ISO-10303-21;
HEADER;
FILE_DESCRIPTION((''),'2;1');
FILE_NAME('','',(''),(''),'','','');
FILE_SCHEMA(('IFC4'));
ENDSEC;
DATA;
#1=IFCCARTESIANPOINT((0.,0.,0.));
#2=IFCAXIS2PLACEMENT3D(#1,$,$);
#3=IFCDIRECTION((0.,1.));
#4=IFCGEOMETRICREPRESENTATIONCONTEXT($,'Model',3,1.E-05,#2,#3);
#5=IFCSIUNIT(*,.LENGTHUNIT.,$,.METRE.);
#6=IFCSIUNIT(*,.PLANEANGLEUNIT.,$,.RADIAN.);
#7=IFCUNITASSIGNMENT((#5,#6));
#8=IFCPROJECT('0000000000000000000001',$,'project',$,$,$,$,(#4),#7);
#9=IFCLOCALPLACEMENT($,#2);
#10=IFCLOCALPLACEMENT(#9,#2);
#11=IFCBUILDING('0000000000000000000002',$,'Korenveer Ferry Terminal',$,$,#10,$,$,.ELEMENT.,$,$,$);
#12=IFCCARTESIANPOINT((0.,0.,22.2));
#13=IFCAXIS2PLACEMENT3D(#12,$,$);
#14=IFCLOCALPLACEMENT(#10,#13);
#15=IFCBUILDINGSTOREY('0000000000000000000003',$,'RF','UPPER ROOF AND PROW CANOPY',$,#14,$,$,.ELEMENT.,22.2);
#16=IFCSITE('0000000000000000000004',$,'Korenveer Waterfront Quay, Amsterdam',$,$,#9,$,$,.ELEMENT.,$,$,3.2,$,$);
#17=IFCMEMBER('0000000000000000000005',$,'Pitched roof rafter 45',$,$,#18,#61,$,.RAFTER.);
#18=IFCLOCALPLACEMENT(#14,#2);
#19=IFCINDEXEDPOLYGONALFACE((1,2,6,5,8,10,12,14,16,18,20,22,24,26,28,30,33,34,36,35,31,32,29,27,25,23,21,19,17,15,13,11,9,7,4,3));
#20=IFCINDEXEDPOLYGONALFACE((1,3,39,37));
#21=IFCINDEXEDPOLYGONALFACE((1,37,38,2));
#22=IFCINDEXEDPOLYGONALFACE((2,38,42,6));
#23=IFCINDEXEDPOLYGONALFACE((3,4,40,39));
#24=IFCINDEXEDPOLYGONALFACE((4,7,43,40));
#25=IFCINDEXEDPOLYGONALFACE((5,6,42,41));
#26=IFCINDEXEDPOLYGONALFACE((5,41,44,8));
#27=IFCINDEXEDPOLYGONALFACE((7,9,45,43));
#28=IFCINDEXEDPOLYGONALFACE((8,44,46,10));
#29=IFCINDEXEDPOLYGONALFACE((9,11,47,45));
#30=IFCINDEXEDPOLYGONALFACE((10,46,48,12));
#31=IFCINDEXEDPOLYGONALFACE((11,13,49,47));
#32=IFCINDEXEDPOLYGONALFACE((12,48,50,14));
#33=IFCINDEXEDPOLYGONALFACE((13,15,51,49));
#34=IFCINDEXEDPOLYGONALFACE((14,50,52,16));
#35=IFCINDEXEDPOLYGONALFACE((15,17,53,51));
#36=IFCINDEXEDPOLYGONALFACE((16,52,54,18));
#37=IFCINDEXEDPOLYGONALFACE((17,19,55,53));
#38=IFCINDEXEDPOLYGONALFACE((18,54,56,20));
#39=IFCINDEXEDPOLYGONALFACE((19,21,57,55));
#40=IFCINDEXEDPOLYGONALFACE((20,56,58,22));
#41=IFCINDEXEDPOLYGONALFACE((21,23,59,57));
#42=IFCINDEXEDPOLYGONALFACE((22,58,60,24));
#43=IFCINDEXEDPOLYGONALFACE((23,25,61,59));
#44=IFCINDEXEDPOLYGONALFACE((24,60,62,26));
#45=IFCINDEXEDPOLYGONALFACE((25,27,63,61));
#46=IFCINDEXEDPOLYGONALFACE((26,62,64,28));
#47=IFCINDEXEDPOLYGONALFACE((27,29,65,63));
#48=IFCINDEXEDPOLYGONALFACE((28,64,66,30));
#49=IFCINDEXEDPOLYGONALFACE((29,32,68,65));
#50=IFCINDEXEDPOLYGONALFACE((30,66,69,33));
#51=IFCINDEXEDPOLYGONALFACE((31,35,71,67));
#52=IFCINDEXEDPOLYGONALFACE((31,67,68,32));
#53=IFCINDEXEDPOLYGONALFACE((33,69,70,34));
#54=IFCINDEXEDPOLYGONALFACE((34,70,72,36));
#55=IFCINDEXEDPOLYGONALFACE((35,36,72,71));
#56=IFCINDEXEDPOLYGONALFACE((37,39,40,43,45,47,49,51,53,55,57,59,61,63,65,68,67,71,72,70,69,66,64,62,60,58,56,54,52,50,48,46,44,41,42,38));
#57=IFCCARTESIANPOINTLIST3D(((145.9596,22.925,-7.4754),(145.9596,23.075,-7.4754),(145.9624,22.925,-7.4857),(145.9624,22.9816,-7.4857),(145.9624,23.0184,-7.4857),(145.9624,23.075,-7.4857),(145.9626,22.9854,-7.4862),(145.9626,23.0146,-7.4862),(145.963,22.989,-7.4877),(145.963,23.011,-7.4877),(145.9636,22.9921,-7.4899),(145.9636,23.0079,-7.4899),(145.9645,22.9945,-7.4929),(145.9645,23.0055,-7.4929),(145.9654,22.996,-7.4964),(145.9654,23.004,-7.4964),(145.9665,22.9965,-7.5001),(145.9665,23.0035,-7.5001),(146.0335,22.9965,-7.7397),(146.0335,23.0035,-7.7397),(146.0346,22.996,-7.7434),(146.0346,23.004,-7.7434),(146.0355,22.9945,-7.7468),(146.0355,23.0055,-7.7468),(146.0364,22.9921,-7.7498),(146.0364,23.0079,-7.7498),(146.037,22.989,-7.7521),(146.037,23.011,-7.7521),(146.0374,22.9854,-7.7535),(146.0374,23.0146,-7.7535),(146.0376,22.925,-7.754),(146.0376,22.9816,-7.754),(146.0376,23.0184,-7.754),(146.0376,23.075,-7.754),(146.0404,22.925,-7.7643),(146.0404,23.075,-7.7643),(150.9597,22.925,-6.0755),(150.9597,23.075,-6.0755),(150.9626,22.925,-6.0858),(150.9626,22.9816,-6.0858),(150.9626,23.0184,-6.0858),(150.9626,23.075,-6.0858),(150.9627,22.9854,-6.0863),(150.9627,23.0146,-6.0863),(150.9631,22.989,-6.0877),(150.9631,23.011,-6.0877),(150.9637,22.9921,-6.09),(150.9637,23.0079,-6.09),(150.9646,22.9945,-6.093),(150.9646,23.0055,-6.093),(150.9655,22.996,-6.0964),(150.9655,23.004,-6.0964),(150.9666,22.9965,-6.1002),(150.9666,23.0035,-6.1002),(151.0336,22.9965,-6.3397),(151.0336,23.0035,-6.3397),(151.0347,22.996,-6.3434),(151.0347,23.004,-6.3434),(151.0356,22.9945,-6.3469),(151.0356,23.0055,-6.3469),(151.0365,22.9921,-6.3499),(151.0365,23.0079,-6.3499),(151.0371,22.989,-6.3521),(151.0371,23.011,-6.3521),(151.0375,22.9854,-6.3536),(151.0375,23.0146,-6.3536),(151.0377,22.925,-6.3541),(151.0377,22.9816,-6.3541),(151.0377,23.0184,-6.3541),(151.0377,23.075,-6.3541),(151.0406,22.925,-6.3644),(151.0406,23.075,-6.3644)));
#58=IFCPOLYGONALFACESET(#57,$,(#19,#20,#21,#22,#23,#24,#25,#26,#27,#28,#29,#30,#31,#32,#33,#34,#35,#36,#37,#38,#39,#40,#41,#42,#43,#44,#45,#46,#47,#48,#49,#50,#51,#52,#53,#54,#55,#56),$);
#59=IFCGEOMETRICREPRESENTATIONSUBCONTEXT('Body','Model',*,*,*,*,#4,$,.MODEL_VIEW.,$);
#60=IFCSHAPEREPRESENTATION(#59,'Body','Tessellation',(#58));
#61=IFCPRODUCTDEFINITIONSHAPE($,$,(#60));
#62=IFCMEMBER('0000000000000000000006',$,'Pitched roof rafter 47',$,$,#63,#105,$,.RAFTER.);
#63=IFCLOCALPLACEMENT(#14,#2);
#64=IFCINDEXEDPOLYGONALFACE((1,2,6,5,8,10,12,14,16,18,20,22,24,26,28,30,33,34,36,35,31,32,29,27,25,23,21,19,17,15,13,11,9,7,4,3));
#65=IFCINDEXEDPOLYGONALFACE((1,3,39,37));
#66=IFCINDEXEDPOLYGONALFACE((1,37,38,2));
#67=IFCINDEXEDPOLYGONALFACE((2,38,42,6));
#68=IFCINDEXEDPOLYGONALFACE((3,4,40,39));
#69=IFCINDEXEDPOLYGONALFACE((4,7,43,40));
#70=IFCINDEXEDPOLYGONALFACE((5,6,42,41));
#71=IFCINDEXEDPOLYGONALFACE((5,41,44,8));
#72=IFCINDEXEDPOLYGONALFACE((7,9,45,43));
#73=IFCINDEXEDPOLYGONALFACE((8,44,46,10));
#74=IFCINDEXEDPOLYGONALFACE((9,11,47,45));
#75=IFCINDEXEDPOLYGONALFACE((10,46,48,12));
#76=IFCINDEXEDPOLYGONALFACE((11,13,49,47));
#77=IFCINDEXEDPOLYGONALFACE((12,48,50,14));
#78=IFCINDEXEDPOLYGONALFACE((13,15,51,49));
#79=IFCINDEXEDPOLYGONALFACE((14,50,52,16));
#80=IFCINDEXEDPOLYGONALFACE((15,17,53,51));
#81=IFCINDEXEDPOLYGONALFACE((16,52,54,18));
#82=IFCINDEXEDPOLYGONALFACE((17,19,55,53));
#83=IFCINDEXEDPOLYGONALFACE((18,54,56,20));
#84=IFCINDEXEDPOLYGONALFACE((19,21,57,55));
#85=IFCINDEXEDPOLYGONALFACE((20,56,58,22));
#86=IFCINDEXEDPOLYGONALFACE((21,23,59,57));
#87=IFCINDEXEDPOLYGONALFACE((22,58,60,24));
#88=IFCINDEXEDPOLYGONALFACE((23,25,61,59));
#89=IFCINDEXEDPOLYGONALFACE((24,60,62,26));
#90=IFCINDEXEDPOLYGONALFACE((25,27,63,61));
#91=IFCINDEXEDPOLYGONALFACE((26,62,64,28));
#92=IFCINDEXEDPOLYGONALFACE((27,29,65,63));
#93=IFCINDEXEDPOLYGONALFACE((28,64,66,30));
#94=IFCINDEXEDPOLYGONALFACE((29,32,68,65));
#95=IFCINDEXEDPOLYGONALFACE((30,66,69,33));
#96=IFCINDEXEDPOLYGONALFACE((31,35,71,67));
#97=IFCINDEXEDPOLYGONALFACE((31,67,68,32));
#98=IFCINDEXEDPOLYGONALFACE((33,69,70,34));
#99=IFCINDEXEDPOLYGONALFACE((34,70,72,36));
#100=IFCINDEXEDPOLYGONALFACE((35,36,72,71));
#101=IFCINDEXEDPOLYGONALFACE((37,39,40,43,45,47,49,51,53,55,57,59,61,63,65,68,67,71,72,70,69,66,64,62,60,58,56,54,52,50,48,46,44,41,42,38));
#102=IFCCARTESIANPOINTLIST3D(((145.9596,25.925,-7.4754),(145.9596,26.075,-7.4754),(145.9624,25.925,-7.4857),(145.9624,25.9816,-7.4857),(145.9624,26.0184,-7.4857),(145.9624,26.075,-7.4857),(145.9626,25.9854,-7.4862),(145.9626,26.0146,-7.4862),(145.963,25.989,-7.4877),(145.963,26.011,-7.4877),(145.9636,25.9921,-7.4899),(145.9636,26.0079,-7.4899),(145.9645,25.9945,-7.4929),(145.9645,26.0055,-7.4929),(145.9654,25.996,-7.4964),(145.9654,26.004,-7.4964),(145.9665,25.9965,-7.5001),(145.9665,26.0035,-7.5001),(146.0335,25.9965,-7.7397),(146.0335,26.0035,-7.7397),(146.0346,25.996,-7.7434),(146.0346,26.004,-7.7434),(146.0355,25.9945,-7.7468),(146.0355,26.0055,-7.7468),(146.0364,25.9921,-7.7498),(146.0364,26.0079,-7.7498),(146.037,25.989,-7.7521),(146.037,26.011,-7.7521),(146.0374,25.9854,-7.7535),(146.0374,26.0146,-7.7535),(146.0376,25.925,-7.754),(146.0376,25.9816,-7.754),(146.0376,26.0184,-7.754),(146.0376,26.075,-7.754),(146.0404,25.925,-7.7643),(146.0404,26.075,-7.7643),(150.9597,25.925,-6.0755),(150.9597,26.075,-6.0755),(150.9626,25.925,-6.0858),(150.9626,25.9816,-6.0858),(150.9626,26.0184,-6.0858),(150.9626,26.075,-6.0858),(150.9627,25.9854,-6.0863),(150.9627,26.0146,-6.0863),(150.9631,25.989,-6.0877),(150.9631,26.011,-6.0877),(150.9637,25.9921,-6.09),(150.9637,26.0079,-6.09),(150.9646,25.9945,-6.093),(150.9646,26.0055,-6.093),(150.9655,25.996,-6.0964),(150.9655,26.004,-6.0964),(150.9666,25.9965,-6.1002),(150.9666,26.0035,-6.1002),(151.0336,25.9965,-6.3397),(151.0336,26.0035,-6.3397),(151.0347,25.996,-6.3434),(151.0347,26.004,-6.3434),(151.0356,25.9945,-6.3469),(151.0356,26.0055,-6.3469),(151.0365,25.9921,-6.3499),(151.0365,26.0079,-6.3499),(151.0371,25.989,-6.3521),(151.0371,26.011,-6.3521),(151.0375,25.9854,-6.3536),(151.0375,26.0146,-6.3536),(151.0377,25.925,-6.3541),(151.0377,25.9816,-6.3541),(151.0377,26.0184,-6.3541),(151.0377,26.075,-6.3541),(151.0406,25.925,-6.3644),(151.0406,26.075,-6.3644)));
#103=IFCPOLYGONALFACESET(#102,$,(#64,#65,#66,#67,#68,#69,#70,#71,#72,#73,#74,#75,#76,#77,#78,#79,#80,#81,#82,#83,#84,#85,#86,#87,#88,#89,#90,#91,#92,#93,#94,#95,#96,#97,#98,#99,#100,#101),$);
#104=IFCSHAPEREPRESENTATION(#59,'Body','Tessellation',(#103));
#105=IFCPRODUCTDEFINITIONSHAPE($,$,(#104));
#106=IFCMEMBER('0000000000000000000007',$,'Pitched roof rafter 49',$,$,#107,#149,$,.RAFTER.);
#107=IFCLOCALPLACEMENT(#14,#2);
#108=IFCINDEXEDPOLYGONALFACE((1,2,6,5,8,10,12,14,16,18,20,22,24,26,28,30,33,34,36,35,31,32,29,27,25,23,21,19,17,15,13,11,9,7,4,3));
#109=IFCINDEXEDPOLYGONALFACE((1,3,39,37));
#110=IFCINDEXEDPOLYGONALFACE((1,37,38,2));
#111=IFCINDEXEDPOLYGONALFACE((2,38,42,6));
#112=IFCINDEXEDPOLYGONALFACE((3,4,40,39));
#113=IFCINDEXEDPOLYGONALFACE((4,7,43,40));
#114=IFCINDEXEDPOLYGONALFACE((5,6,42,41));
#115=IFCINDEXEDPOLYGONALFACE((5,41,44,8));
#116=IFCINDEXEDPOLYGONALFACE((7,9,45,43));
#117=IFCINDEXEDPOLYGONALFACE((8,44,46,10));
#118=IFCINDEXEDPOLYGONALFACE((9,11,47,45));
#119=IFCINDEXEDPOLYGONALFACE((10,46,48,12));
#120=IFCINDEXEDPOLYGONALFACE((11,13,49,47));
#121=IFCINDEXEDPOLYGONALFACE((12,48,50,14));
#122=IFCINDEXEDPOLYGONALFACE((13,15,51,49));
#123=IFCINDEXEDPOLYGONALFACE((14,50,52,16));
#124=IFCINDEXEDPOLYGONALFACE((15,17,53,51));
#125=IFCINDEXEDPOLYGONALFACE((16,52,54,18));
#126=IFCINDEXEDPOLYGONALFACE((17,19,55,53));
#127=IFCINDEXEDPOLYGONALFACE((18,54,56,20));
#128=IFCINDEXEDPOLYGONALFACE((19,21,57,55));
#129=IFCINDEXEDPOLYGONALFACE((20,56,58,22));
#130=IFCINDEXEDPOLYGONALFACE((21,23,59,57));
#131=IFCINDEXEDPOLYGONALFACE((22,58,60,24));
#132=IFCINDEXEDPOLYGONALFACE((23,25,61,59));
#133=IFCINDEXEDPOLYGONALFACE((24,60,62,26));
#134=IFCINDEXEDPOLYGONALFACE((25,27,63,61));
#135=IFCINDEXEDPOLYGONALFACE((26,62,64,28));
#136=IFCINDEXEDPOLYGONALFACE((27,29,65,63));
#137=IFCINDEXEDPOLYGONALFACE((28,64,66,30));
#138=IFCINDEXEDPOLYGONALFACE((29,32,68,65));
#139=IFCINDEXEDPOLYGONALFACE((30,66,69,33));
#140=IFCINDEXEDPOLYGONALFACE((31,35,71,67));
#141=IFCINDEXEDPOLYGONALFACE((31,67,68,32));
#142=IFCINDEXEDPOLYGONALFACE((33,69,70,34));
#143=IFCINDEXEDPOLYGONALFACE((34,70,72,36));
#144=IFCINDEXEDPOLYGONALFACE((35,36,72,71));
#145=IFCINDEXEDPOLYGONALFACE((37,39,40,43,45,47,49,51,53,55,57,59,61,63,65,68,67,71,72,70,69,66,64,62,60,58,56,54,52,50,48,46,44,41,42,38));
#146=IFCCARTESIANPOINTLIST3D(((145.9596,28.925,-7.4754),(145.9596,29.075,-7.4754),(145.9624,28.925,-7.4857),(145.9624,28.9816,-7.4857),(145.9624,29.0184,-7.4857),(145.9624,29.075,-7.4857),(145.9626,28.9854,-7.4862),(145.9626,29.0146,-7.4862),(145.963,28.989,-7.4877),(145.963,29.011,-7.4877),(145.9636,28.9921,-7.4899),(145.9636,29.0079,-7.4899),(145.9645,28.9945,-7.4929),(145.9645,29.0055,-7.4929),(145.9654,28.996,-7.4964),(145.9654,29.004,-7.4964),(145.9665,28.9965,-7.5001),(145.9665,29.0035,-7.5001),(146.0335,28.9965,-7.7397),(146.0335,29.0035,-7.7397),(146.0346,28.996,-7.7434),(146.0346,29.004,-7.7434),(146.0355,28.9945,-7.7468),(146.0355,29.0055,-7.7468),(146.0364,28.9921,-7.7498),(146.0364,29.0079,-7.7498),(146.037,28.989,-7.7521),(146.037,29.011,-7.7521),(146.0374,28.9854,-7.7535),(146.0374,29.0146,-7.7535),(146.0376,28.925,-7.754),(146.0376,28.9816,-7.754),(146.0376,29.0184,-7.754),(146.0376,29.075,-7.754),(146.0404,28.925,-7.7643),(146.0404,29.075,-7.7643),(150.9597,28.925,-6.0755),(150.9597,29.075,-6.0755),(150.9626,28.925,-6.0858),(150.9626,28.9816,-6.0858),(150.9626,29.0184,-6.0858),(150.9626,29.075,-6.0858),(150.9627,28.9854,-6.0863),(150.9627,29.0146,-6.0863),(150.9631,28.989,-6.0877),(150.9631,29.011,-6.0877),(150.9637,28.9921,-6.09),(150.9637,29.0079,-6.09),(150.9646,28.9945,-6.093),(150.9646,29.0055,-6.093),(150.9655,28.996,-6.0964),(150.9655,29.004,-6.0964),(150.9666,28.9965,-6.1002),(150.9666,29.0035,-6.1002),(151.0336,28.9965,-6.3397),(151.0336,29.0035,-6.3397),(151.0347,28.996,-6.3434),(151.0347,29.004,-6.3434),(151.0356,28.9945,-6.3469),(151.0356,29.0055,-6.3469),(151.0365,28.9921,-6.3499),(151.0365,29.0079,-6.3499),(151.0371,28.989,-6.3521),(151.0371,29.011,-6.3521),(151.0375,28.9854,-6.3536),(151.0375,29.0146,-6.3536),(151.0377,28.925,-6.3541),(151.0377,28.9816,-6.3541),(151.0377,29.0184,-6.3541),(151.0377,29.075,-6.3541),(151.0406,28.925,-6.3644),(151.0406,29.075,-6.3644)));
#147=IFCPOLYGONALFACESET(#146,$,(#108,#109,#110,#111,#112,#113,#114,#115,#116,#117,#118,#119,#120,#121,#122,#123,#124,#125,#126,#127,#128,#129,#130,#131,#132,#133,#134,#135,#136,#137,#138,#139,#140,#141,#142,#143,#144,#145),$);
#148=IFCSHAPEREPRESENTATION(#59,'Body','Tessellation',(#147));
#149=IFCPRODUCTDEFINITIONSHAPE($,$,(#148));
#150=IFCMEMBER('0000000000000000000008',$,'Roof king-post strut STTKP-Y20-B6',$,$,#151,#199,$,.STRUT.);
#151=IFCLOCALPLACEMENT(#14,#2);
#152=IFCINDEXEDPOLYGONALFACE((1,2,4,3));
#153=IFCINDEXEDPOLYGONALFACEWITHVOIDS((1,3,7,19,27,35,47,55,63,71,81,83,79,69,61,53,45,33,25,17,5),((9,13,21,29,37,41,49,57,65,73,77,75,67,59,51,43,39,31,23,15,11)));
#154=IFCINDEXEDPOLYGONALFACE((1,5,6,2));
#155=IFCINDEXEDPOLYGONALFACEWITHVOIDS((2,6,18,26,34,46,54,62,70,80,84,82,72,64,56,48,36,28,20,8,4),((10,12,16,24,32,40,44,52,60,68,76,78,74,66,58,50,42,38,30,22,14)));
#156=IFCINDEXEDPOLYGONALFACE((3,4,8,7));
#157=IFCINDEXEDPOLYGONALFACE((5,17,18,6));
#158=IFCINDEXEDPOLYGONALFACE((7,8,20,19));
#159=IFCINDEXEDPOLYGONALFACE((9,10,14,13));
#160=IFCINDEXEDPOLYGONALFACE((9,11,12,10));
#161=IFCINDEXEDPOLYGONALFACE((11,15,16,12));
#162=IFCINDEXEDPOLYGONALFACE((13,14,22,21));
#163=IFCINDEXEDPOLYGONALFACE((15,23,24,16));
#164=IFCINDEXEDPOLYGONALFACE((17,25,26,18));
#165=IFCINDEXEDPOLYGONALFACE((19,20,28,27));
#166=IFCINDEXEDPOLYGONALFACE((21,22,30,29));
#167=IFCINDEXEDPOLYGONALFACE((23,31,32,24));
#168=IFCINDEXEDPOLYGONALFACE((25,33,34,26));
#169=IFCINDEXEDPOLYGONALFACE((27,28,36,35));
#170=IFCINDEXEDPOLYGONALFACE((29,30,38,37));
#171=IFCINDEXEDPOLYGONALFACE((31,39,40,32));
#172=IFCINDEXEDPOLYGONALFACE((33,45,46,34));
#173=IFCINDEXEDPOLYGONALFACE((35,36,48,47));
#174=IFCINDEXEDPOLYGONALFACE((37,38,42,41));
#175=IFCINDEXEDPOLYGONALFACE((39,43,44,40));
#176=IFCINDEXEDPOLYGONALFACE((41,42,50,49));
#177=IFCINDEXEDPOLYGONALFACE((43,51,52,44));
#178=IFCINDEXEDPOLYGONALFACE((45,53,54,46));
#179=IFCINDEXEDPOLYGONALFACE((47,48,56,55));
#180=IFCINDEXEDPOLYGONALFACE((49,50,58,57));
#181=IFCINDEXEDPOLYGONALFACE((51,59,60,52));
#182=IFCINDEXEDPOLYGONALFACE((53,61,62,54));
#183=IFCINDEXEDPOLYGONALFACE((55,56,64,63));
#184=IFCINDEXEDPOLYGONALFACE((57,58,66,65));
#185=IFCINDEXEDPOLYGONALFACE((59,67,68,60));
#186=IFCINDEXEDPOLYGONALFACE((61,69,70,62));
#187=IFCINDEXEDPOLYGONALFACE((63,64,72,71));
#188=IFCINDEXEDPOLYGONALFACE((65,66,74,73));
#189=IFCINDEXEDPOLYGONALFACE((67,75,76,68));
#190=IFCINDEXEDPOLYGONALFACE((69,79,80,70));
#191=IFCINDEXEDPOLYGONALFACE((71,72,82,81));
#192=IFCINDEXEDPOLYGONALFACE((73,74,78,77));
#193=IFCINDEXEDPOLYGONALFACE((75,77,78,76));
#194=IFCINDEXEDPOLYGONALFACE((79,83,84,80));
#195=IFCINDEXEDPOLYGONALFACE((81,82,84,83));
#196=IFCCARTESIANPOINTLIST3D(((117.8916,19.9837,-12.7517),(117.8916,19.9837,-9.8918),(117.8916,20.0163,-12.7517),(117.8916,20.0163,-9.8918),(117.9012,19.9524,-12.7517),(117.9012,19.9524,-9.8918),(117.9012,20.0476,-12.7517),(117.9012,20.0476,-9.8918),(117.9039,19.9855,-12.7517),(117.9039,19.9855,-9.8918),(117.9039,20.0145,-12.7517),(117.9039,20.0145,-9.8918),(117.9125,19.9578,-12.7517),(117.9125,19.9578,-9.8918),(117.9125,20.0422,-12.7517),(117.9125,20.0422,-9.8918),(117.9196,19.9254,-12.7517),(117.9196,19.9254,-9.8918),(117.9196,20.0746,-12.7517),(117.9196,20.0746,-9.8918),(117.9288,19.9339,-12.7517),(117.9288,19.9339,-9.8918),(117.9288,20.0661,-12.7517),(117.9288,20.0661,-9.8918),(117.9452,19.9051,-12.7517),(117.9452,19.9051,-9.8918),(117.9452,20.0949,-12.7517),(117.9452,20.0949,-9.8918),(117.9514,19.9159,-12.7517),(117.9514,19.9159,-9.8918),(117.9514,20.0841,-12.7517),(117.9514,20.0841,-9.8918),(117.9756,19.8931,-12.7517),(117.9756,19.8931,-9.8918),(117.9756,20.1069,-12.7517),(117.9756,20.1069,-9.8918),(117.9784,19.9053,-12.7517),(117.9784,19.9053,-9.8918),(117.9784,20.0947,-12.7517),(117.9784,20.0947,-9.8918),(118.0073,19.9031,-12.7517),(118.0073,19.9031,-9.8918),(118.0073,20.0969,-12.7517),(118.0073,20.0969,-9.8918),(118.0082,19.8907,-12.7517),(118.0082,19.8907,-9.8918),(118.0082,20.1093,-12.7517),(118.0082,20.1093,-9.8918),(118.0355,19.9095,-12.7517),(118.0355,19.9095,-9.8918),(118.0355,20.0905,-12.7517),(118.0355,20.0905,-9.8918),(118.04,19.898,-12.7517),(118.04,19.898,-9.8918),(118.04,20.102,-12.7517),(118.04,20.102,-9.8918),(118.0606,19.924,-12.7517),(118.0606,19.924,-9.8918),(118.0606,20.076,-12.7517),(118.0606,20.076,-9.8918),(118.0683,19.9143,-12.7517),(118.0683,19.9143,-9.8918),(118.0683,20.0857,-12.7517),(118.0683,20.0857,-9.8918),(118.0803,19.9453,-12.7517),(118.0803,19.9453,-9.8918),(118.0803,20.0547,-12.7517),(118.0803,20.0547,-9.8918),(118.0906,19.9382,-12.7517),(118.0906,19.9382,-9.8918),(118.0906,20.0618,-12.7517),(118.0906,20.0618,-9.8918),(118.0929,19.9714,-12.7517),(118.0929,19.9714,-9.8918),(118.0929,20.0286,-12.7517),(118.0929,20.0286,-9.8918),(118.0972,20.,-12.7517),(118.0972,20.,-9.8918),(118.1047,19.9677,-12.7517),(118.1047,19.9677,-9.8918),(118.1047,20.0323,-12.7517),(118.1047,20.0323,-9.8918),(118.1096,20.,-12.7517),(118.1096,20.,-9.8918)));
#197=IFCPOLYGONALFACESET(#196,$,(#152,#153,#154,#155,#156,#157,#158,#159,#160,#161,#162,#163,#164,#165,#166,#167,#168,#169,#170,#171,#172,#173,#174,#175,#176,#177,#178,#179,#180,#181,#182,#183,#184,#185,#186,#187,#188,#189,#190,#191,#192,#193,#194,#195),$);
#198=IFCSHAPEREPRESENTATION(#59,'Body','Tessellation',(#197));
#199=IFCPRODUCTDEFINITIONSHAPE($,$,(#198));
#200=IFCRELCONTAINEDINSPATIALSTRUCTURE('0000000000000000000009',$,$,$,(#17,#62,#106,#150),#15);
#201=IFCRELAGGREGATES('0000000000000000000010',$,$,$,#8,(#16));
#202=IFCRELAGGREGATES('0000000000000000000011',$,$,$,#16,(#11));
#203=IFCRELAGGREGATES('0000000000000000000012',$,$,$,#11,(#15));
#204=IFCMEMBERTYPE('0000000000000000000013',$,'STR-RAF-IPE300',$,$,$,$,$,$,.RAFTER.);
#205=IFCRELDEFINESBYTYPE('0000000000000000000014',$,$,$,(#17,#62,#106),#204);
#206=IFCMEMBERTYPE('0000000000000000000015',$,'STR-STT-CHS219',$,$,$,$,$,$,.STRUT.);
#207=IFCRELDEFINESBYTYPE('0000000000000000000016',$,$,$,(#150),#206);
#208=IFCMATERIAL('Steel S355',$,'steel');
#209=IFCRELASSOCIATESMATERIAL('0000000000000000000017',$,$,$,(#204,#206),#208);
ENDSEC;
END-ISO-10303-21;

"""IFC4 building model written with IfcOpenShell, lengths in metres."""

from ifc_helpers import new_model, si_unit, direction, frame, origin, origin_2d, place, context, subcontext, project, spatial, hollow_circle, i_section, extrude, material, material_profile, profile_set, type_object, element, save


model = new_model("IFC4")

# Units and contexts
model_context = context("Model", 3, precision=1e-05, world=origin(), true_north=direction((0.0, 1.0)))
body_context = subcontext(model_context, "Body", "Model", "MODEL_VIEW")
ifc_project = project(units=[si_unit("LENGTHUNIT", "METRE"), si_unit("PLANEANGLEUNIT", "RADIAN")], contexts=[model_context])

# Site, building, storey
site_placement = place(None, origin())
site = spatial("IfcSite", under=ifc_project, at=site_placement, Name="Korenveer Waterfront Quay, Amsterdam", CompositionType="ELEMENT", RefElevation=3.2)
building_placement = place(site_placement, origin())
building = spatial("IfcBuilding", under=site, at=building_placement, Name="Korenveer Ferry Terminal", CompositionType="ELEMENT")
storey_placement = place(building_placement, frame((0.0, 0.0, 22.2)))
storey = spatial("IfcBuildingStorey", under=building, at=storey_placement, Name="RF", Description="UPPER ROOF AND PROW CANOPY", CompositionType="ELEMENT", Elevation=22.2)

# Shared definitions
ifc_material_1 = material(Name="Steel S355", Category="steel")

# Members
ifc_material_profile_1 = material_profile(ifc_material_1, i_section(OverallWidth=0.1499, OverallDepth=0.3, WebThickness=0.0071, FlangeThickness=0.0107, FilletRadius=0.0149, at=origin_2d()), Name="IPE 300")
ifc_profile_set_1 = profile_set([ifc_material_profile_1], Name="Steel S355")
member_type_1 = type_object("IfcMemberType", Name="STR-RAF-IPE300", PredefinedType="RAFTER", material=ifc_profile_set_1)
for number, where, z_axis, x_axis, name in (
    (1, (146.0, 23.0, -7.6199), (0.962969, 0.0, 0.269612), (0.0, 1.0, 0.0), "Pitched roof rafter 45"),
    (2, (146.0, 26.0, -7.6199), (0.962969, 0.0, 0.269612), (0.0, 1.0, 0.0), "Pitched roof rafter 47"),
    (3, (146.0, 29.0, -7.6199), (0.962969, 0.0, 0.269612), (0.0, 1.0, 0.0), "Pitched roof rafter 49"),
):
    element("IfcMember", number, at=place(storey_placement, frame(where, z_axis=z_axis, x_axis=x_axis)), inside=storey, type_object=member_type_1, Name=name, PredefinedType="RAFTER", context=body_context, shape_type="SweptSolid", body=[
        extrude(i_section(OverallWidth=0.1499, OverallDepth=0.3, WebThickness=0.0071, FlangeThickness=0.0107, FilletRadius=0.0149, at=origin_2d()), origin(), (0.0, 0.0, 1.0), 5.1924),
    ])
ifc_material_profile_2 = material_profile(ifc_material_1, hollow_circle(Radius=0.1096, WallThickness=0.0125, at=origin_2d()), Name="CHS 219.1x12.5")
ifc_profile_set_2 = profile_set([ifc_material_profile_2], Name="Steel S355")
member_type_2 = type_object("IfcMemberType", Name="STR-STT-CHS219", PredefinedType="STRUT", material=ifc_profile_set_2)
member_1_placement = place(storey_placement, frame((118.0, 20.0, -12.7517), z_axis=(0.0, 0.0, 1.0), x_axis=(1.0, 0.0, 0.0)))
element("IfcMember", 4, at=member_1_placement, inside=storey, type_object=member_type_2, Name="Roof king-post strut STTKP-Y20-B6", PredefinedType="STRUT", context=body_context, shape_type="SweptSolid", body=[
    extrude(hollow_circle(Radius=0.1096, WallThickness=0.0125, at=origin_2d()), origin(), (0.0, 0.0, 1.0), 2.8599),
])

save(model, "model.ifc")
